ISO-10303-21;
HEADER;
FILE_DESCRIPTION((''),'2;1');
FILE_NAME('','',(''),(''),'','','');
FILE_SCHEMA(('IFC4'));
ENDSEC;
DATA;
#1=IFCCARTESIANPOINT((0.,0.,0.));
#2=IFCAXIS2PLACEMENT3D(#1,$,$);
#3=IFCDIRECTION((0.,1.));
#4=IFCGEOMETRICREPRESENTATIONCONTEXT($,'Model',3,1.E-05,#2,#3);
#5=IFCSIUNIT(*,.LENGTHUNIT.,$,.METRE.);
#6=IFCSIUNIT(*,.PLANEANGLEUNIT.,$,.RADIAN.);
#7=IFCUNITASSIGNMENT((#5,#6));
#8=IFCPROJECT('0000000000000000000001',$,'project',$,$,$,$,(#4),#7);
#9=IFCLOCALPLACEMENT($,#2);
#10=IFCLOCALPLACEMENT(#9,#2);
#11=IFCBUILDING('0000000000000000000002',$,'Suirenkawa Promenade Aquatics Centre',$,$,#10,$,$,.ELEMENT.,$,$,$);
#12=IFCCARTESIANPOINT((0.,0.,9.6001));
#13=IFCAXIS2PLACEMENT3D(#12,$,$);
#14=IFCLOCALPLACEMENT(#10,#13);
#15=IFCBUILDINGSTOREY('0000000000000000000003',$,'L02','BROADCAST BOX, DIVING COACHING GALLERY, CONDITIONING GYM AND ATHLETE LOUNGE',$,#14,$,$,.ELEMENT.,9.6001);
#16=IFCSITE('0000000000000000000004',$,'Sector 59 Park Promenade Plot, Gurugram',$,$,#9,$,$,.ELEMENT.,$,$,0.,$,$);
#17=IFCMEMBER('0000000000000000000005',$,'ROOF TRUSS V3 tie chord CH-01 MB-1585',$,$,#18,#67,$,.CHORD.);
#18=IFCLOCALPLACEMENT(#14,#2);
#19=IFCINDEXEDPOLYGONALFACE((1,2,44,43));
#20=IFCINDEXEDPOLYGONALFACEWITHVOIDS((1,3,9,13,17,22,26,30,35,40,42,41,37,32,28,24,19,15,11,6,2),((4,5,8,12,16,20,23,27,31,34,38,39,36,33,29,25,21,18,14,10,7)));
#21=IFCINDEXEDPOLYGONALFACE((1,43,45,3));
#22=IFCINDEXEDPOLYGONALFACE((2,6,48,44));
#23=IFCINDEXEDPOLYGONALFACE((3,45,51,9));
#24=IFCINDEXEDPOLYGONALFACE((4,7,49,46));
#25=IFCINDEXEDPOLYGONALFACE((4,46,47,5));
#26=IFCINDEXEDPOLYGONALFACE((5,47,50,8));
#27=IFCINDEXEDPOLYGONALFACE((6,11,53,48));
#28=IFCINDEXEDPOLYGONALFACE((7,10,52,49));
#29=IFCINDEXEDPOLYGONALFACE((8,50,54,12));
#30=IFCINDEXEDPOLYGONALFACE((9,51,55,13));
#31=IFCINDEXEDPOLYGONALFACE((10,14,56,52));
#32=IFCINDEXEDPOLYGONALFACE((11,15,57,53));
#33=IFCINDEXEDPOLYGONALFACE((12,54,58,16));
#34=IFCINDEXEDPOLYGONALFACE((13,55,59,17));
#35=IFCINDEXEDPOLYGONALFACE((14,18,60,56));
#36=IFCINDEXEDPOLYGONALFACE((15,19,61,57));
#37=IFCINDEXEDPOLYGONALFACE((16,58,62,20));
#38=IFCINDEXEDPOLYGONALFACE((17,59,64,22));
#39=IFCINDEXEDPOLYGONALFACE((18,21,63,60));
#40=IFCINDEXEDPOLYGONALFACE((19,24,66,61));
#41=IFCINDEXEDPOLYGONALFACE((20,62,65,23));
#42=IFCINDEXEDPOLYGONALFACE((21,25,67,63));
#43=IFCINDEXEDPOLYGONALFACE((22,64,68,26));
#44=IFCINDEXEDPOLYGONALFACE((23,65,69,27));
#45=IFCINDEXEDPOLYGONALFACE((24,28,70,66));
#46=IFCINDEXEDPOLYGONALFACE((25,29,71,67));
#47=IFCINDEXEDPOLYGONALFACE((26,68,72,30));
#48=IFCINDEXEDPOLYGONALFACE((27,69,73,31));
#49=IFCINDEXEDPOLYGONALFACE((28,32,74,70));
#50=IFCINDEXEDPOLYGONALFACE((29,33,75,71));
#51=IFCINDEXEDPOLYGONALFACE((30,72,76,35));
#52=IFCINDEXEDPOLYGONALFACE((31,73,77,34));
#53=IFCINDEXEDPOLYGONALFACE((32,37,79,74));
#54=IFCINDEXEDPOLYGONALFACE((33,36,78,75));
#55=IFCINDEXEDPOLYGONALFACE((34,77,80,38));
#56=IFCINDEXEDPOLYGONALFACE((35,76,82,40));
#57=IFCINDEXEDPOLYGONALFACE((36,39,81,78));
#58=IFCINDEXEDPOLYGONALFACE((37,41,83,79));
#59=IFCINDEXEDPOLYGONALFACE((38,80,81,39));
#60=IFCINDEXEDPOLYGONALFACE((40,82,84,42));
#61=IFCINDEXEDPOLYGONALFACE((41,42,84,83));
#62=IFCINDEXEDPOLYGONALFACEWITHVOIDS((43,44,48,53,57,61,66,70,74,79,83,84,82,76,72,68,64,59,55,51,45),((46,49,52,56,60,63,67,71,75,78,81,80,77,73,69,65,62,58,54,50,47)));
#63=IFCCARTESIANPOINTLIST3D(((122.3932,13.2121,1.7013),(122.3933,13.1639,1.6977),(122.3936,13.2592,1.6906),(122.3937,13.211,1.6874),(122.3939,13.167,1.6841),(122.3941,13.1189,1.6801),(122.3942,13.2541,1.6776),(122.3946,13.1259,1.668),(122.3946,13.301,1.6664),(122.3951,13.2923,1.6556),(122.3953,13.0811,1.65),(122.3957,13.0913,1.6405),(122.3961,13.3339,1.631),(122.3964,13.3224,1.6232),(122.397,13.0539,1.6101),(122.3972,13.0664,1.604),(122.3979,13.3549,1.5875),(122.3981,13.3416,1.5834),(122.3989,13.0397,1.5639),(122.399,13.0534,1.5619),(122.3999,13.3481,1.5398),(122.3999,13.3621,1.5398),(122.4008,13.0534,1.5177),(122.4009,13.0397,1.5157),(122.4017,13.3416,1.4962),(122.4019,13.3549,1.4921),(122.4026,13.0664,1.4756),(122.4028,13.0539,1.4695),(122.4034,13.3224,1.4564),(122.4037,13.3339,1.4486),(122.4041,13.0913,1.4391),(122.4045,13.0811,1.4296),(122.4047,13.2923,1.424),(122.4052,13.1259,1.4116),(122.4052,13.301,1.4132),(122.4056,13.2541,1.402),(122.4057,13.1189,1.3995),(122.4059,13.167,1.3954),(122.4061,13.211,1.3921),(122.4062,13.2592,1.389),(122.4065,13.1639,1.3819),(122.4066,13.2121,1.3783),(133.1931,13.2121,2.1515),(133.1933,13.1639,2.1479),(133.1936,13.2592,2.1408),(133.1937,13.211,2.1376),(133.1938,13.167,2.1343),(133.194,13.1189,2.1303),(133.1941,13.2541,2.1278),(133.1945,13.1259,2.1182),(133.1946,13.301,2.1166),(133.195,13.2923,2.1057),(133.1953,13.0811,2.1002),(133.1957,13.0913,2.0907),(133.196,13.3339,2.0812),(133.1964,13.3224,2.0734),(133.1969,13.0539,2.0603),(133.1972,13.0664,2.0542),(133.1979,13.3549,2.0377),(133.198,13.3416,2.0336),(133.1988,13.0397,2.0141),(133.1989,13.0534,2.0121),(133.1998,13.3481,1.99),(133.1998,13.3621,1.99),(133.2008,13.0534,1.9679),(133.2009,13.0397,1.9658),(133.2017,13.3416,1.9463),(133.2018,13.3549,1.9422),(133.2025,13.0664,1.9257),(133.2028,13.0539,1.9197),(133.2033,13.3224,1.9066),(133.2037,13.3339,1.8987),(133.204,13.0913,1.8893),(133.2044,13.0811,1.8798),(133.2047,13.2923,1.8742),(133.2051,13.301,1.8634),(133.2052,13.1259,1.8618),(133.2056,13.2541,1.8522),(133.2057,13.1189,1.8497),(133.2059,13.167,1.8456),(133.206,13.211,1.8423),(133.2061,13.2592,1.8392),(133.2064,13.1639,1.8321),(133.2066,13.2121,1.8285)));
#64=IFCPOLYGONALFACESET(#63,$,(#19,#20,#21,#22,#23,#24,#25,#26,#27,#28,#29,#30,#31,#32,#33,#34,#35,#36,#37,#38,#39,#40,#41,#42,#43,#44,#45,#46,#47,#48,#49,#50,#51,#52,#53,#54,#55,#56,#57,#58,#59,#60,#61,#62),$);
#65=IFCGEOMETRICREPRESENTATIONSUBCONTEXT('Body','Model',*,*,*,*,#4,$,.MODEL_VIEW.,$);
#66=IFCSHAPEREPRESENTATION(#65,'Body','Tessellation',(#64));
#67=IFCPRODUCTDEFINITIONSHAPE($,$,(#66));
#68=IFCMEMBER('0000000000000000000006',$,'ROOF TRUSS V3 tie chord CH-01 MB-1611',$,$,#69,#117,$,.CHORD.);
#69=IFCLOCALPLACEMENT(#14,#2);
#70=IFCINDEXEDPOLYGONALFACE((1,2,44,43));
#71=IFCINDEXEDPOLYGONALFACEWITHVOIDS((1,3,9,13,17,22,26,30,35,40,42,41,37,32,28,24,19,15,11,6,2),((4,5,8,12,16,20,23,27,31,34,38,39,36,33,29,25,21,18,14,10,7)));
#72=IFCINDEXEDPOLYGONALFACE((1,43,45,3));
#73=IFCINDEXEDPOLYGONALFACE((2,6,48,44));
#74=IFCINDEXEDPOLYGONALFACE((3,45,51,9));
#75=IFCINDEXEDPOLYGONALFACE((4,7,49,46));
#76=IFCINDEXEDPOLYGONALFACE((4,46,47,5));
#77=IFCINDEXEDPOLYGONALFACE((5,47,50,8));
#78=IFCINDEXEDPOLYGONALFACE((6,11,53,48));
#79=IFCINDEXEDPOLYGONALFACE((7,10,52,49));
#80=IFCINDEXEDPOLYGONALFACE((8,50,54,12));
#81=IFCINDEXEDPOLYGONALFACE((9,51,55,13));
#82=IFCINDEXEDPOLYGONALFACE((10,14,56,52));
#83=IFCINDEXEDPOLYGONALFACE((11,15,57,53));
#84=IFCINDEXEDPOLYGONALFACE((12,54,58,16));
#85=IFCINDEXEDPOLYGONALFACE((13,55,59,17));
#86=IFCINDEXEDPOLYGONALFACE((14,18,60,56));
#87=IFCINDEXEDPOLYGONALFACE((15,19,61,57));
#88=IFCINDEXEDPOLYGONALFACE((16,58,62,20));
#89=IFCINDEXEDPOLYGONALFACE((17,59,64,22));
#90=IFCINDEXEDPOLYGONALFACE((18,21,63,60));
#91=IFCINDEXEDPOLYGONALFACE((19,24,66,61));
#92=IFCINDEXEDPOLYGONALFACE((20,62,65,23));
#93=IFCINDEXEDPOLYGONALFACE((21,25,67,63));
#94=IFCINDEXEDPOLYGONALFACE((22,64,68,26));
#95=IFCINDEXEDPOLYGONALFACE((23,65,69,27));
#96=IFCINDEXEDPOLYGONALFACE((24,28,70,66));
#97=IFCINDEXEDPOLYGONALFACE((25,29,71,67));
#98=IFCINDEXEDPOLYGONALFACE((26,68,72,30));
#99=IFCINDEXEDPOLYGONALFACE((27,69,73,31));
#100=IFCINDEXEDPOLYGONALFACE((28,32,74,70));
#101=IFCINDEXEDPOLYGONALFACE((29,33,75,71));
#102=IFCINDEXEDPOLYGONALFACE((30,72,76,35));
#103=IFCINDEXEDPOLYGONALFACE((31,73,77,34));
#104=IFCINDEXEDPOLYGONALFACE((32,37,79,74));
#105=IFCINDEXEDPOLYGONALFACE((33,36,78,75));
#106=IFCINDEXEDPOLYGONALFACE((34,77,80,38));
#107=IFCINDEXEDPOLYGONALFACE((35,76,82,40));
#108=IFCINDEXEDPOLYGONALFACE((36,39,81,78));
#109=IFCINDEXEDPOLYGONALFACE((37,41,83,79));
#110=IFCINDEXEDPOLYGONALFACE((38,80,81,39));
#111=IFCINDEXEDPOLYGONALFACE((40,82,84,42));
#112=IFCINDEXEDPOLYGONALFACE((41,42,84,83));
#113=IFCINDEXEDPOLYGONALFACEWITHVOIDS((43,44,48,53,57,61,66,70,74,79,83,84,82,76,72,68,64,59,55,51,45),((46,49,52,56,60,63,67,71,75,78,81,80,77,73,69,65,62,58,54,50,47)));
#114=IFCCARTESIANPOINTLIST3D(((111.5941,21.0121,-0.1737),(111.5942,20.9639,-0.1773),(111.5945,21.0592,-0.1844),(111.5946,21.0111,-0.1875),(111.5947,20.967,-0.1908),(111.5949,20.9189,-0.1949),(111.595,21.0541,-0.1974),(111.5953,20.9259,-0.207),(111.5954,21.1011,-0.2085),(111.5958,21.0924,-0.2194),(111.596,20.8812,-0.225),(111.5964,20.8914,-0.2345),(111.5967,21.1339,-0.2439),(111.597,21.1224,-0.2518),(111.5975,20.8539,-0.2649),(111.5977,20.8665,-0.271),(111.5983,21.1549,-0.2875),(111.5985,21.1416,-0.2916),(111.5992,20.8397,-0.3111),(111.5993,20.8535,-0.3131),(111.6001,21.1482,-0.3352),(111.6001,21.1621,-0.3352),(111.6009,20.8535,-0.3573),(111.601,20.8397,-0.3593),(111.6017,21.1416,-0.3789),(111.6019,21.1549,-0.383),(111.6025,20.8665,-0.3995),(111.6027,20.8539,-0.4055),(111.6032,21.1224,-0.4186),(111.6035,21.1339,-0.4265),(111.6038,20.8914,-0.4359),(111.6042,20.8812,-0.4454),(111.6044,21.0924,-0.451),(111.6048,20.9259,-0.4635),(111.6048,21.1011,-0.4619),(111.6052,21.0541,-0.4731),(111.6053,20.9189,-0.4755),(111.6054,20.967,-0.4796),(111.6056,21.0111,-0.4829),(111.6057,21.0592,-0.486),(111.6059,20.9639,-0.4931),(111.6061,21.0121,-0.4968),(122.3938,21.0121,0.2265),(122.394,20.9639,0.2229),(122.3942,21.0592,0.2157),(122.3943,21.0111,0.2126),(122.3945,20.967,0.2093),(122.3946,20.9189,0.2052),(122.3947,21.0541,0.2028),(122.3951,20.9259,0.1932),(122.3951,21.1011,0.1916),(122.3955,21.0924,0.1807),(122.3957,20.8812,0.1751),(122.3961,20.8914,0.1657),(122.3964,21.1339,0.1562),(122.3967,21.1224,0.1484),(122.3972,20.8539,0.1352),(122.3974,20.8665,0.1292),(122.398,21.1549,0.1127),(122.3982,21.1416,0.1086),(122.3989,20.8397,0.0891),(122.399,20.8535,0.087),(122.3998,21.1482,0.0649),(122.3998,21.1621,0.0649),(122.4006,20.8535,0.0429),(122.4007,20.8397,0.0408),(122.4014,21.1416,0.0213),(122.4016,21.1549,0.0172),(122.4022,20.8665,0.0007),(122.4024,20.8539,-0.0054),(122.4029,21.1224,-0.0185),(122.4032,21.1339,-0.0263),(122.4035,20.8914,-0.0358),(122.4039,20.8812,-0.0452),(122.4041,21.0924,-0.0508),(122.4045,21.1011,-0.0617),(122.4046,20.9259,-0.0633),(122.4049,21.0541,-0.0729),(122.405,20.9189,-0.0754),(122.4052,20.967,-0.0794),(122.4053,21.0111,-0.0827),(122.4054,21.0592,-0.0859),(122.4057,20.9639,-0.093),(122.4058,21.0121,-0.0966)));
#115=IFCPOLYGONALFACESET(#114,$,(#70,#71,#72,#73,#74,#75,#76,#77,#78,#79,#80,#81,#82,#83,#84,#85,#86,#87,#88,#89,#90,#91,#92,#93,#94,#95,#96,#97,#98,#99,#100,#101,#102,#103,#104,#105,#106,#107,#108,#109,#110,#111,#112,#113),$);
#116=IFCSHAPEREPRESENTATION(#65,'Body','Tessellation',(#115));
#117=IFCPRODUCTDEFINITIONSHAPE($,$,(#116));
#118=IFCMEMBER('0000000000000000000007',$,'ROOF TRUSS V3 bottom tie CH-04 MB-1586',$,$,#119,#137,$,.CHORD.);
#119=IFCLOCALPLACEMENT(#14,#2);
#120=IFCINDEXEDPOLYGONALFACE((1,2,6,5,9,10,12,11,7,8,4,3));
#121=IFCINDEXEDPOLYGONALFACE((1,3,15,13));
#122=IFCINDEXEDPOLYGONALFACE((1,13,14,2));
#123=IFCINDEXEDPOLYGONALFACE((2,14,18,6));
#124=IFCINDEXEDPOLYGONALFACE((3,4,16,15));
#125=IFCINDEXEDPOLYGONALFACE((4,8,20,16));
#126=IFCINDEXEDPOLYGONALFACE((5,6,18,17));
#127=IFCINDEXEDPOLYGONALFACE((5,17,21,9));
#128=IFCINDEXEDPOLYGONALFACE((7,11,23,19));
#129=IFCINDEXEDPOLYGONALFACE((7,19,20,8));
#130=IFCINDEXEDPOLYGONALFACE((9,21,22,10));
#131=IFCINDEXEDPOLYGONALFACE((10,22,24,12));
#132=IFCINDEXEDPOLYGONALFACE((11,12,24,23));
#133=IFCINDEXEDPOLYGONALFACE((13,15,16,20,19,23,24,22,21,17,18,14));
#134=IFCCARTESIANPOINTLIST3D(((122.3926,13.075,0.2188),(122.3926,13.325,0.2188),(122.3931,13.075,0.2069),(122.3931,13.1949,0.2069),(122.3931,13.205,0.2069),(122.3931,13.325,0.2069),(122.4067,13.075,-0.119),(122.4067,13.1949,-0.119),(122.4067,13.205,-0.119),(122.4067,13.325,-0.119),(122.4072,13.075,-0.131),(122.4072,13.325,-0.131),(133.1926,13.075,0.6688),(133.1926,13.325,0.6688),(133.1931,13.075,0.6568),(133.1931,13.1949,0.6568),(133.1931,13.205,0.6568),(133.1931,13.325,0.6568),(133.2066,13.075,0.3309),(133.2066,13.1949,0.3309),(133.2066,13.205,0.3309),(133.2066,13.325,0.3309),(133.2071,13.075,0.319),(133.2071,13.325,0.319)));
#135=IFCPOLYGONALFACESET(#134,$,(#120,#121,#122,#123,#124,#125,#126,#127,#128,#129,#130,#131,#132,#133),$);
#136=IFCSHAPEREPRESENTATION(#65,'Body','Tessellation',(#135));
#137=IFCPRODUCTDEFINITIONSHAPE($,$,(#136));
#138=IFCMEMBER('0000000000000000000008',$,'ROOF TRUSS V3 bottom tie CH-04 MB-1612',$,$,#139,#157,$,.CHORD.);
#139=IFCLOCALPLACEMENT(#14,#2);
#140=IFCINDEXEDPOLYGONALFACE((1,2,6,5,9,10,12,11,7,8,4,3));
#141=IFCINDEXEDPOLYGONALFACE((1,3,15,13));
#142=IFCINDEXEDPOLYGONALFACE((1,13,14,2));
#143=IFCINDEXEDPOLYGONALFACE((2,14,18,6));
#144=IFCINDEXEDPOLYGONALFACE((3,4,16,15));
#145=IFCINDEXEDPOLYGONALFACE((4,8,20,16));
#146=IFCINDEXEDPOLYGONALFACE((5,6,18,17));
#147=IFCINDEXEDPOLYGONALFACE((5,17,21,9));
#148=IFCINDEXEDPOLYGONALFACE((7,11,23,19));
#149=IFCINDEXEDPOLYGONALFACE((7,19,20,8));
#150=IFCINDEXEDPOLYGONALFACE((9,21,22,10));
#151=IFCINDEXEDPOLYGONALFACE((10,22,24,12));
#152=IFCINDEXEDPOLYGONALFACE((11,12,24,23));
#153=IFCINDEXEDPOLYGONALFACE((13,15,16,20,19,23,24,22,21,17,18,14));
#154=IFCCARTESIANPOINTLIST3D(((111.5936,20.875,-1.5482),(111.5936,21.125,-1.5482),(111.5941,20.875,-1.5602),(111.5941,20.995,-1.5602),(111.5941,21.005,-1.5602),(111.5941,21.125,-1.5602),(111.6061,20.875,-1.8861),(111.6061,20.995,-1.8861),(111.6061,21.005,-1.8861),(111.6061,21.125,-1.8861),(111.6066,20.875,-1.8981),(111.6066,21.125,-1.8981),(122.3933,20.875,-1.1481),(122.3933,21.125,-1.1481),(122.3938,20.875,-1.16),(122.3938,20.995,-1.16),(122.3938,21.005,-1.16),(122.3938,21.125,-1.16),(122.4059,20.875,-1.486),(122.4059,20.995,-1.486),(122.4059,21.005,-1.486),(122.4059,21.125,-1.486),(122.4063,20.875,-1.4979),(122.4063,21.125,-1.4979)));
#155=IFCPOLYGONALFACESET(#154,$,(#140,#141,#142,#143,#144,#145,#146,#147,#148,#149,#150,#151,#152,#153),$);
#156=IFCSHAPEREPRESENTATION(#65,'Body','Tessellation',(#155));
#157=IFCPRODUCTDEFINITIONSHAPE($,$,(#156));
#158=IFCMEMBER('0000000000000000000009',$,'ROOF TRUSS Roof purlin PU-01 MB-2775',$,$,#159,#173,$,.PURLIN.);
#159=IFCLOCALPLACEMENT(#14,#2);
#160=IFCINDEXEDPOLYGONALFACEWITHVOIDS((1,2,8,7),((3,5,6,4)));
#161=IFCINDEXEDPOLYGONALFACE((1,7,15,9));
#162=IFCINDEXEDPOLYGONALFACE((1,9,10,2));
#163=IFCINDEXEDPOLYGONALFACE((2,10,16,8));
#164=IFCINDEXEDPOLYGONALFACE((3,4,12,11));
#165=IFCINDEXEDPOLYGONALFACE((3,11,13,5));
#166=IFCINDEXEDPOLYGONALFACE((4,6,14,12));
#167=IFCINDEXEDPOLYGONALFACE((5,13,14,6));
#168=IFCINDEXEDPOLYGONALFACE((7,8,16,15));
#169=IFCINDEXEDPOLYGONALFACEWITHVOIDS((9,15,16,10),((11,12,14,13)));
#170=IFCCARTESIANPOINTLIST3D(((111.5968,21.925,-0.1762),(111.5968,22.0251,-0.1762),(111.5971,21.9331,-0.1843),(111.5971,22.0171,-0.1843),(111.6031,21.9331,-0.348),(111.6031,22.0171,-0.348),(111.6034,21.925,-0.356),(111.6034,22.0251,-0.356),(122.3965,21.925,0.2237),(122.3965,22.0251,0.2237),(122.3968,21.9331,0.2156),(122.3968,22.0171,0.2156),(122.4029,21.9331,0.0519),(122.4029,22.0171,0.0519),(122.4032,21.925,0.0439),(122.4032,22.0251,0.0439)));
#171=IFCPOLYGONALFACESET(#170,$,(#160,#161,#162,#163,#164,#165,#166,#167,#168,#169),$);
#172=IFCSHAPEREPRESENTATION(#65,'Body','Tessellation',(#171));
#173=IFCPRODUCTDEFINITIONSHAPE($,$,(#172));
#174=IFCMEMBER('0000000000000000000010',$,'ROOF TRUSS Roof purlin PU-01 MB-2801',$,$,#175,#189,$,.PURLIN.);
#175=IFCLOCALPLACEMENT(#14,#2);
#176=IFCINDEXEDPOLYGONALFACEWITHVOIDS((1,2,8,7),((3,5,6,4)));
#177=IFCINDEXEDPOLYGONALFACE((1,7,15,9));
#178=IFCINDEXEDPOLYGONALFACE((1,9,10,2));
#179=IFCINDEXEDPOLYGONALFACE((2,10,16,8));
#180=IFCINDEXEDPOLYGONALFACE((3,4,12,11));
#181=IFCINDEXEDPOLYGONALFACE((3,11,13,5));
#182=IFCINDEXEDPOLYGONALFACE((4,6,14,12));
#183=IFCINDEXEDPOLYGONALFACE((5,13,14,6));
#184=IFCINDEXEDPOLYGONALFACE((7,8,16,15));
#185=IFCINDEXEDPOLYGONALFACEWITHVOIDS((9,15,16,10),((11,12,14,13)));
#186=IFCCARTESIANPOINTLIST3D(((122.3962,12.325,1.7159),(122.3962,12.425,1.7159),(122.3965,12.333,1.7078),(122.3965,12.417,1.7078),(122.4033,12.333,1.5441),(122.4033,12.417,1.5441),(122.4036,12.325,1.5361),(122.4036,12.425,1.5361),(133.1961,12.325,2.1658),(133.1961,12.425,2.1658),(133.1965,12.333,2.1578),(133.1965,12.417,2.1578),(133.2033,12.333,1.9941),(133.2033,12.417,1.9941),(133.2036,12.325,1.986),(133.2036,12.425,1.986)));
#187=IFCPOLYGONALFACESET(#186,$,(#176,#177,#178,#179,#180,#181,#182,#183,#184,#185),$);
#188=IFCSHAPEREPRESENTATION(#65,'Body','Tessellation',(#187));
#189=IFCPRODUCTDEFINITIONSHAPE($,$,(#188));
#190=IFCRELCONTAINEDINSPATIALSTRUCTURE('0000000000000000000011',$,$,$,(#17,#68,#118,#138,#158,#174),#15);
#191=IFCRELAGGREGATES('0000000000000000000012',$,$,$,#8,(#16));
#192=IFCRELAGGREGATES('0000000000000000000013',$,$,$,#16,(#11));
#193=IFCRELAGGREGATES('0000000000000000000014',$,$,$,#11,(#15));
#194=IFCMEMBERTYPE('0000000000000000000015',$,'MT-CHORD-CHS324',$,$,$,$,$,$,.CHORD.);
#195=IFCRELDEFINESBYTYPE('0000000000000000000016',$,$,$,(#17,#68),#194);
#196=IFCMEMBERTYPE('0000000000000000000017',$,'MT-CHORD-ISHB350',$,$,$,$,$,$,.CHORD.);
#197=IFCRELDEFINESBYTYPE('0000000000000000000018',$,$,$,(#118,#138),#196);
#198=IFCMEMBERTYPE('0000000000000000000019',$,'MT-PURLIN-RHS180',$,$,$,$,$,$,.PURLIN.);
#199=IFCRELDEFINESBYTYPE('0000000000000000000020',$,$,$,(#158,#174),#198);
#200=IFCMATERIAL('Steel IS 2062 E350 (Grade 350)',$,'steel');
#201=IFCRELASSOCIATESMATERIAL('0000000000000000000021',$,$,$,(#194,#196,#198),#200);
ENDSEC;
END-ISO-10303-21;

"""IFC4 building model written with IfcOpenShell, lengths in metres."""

from ifc_helpers import new_model, si_unit, direction, frame, origin, origin_2d, place, context, subcontext, project, spatial, hollow_rectangle, hollow_circle, i_section, extrude, material, material_profile, profile_set, type_object, element, save


model = new_model("IFC4")

# Units and contexts
model_context = context("Model", 3, precision=1e-05, world=origin(), true_north=direction((0.0, 1.0)))
body_context = subcontext(model_context, "Body", "Model", "MODEL_VIEW")
ifc_project = project(units=[si_unit("LENGTHUNIT", "METRE"), si_unit("PLANEANGLEUNIT", "RADIAN")], contexts=[model_context])

# Site, building, storey
site_placement = place(None, origin())
site = spatial("IfcSite", under=ifc_project, at=site_placement, Name="Sector 59 Park Promenade Plot, Gurugram", CompositionType="ELEMENT", RefElevation=0.0)
building_placement = place(site_placement, origin())
building = spatial("IfcBuilding", under=site, at=building_placement, Name="Suirenkawa Promenade Aquatics Centre", CompositionType="ELEMENT")
storey_placement = place(building_placement, frame((0.0, 0.0, 9.6001)))
storey = spatial("IfcBuildingStorey", under=building, at=storey_placement, Name="L02", Description="BROADCAST BOX, DIVING COACHING GALLERY, CONDITIONING GYM AND ATHLETE LOUNGE", CompositionType="ELEMENT", Elevation=9.6001)

# Shared definitions
ifc_material_1 = material(Name="Steel IS 2062 E350 (Grade 350)", Category="steel")

# Members
ifc_material_profile_1 = material_profile(ifc_material_1, hollow_circle(Radius=0.1621, WallThickness=0.0139, at=origin_2d()), Name="CHS 324x14", Category="steel")
ifc_profile_set_1 = profile_set([ifc_material_profile_1], Name="Steel IS 2062 E350 (Grade 350)")
member_type_1 = type_object("IfcMemberType", Name="MT-CHORD-CHS324", PredefinedType="CHORD", material=ifc_profile_set_1)
member_1_placement = place(storey_placement, frame((122.3999, 13.2, 1.5398), z_axis=(0.999132, 0.0, 0.041648), x_axis=(0.0, 1.0, 0.0)))
element("IfcMember", 1, at=member_1_placement, inside=storey, type_object=member_type_1, Name="ROOF TRUSS V3 tie chord CH-01 MB-1585", PredefinedType="CHORD", context=body_context, shape_type="SweptSolid", body=[
    extrude(hollow_circle(Radius=0.1621, WallThickness=0.0139, at=origin_2d()), origin(), (0.0, 0.0, 1.0), 10.8093),
])
member_2_placement = place(storey_placement, frame((111.6001, 21.0, -0.3352), z_axis=(0.999314, 0.0, 0.037026), x_axis=(0.0, 1.0, 0.0)))
element("IfcMember", 2, at=member_2_placement, inside=storey, type_object=member_type_1, Name="ROOF TRUSS V3 tie chord CH-01 MB-1611", PredefinedType="CHORD", context=body_context, shape_type="SweptSolid", body=[
    extrude(hollow_circle(Radius=0.1621, WallThickness=0.0139, at=origin_2d()), origin(), (0.0, 0.0, 1.0), 10.8071),
])
ifc_material_profile_2 = material_profile(ifc_material_1, i_section(OverallWidth=0.25, OverallDepth=0.3501, WebThickness=0.01, FlangeThickness=0.012, at=origin_2d()), Name="ISHB 350", Category="steel")
ifc_profile_set_2 = profile_set([ifc_material_profile_2], Name="Steel IS 2062 E350 (Grade 350)")
member_type_2 = type_object("IfcMemberType", Name="MT-CHORD-ISHB350", PredefinedType="CHORD", material=ifc_profile_set_2)
member_3_placement = place(storey_placement, frame((122.3999, 13.2, 0.0439), z_axis=(0.999133, 0.0, 0.041626), x_axis=(0.0, 1.0, 0.0)))
element("IfcMember", 3, at=member_3_placement, inside=storey, type_object=member_type_2, Name="ROOF TRUSS V3 bottom tie CH-04 MB-1586", PredefinedType="CHORD", context=body_context, shape_type="SweptSolid", body=[
    extrude(i_section(OverallWidth=0.25, OverallDepth=0.3501, WebThickness=0.01, FlangeThickness=0.012, at=origin_2d()), origin(), (0.0, 0.0, 1.0), 10.8093),
])
member_4_placement = place(storey_placement, frame((111.6001, 21.0, -1.7231), z_axis=(0.999314, 0.0, 0.037026), x_axis=(0.0, 1.0, 0.0)))
element("IfcMember", 4, at=member_4_placement, inside=storey, type_object=member_type_2, Name="ROOF TRUSS V3 bottom tie CH-04 MB-1612", PredefinedType="CHORD", context=body_context, shape_type="SweptSolid", body=[
    extrude(i_section(OverallWidth=0.25, OverallDepth=0.3501, WebThickness=0.01, FlangeThickness=0.012, at=origin_2d()), origin(), (0.0, 0.0, 1.0), 10.8071),
])
ifc_material_profile_3 = material_profile(ifc_material_1, hollow_rectangle(XDim=0.1001, YDim=0.1799, WallThickness=0.0081, at=origin_2d()), Name="RHS 180x100x8", Category="steel")
ifc_profile_set_3 = profile_set([ifc_material_profile_3], Name="Steel IS 2062 E350 (Grade 350)")
member_type_3 = type_object("IfcMemberType", Name="MT-PURLIN-RHS180", PredefinedType="PURLIN", material=ifc_profile_set_3)
member_5_placement = place(storey_placement, frame((111.6001, 21.9751, -0.2661), z_axis=(0.999315, 0.0, 0.037003), x_axis=(0.0, 1.0, 0.0)))
element("IfcMember", 5, at=member_5_placement, inside=storey, type_object=member_type_3, Name="ROOF TRUSS Roof purlin PU-01 MB-2775", PredefinedType="PURLIN", context=body_context, shape_type="SweptSolid", body=[
    extrude(hollow_rectangle(XDim=0.1001, YDim=0.1799, WallThickness=0.0081, at=origin_2d()), origin(), (0.0, 0.0, 1.0), 10.8071),
])
for number, where, z_axis, x_axis, name in (
    (6, (122.3999, 12.375, 1.626), (0.999133, 0.0, 0.041626), (0.0, 1.0, 0.0), "ROOF TRUSS Roof purlin PU-01 MB-2801"),
):
    element("IfcMember", number, at=place(storey_placement, frame(where, z_axis=z_axis, x_axis=x_axis)), inside=storey, type_object=member_type_3, Name=name, PredefinedType="PURLIN", context=body_context, shape_type="SweptSolid", body=[
        extrude(hollow_rectangle(XDim=0.1001, YDim=0.1799, WallThickness=0.0081, at=origin_2d()), origin(), (0.0, 0.0, 1.0), 10.8093),
    ])

save(model, "model.ifc")
